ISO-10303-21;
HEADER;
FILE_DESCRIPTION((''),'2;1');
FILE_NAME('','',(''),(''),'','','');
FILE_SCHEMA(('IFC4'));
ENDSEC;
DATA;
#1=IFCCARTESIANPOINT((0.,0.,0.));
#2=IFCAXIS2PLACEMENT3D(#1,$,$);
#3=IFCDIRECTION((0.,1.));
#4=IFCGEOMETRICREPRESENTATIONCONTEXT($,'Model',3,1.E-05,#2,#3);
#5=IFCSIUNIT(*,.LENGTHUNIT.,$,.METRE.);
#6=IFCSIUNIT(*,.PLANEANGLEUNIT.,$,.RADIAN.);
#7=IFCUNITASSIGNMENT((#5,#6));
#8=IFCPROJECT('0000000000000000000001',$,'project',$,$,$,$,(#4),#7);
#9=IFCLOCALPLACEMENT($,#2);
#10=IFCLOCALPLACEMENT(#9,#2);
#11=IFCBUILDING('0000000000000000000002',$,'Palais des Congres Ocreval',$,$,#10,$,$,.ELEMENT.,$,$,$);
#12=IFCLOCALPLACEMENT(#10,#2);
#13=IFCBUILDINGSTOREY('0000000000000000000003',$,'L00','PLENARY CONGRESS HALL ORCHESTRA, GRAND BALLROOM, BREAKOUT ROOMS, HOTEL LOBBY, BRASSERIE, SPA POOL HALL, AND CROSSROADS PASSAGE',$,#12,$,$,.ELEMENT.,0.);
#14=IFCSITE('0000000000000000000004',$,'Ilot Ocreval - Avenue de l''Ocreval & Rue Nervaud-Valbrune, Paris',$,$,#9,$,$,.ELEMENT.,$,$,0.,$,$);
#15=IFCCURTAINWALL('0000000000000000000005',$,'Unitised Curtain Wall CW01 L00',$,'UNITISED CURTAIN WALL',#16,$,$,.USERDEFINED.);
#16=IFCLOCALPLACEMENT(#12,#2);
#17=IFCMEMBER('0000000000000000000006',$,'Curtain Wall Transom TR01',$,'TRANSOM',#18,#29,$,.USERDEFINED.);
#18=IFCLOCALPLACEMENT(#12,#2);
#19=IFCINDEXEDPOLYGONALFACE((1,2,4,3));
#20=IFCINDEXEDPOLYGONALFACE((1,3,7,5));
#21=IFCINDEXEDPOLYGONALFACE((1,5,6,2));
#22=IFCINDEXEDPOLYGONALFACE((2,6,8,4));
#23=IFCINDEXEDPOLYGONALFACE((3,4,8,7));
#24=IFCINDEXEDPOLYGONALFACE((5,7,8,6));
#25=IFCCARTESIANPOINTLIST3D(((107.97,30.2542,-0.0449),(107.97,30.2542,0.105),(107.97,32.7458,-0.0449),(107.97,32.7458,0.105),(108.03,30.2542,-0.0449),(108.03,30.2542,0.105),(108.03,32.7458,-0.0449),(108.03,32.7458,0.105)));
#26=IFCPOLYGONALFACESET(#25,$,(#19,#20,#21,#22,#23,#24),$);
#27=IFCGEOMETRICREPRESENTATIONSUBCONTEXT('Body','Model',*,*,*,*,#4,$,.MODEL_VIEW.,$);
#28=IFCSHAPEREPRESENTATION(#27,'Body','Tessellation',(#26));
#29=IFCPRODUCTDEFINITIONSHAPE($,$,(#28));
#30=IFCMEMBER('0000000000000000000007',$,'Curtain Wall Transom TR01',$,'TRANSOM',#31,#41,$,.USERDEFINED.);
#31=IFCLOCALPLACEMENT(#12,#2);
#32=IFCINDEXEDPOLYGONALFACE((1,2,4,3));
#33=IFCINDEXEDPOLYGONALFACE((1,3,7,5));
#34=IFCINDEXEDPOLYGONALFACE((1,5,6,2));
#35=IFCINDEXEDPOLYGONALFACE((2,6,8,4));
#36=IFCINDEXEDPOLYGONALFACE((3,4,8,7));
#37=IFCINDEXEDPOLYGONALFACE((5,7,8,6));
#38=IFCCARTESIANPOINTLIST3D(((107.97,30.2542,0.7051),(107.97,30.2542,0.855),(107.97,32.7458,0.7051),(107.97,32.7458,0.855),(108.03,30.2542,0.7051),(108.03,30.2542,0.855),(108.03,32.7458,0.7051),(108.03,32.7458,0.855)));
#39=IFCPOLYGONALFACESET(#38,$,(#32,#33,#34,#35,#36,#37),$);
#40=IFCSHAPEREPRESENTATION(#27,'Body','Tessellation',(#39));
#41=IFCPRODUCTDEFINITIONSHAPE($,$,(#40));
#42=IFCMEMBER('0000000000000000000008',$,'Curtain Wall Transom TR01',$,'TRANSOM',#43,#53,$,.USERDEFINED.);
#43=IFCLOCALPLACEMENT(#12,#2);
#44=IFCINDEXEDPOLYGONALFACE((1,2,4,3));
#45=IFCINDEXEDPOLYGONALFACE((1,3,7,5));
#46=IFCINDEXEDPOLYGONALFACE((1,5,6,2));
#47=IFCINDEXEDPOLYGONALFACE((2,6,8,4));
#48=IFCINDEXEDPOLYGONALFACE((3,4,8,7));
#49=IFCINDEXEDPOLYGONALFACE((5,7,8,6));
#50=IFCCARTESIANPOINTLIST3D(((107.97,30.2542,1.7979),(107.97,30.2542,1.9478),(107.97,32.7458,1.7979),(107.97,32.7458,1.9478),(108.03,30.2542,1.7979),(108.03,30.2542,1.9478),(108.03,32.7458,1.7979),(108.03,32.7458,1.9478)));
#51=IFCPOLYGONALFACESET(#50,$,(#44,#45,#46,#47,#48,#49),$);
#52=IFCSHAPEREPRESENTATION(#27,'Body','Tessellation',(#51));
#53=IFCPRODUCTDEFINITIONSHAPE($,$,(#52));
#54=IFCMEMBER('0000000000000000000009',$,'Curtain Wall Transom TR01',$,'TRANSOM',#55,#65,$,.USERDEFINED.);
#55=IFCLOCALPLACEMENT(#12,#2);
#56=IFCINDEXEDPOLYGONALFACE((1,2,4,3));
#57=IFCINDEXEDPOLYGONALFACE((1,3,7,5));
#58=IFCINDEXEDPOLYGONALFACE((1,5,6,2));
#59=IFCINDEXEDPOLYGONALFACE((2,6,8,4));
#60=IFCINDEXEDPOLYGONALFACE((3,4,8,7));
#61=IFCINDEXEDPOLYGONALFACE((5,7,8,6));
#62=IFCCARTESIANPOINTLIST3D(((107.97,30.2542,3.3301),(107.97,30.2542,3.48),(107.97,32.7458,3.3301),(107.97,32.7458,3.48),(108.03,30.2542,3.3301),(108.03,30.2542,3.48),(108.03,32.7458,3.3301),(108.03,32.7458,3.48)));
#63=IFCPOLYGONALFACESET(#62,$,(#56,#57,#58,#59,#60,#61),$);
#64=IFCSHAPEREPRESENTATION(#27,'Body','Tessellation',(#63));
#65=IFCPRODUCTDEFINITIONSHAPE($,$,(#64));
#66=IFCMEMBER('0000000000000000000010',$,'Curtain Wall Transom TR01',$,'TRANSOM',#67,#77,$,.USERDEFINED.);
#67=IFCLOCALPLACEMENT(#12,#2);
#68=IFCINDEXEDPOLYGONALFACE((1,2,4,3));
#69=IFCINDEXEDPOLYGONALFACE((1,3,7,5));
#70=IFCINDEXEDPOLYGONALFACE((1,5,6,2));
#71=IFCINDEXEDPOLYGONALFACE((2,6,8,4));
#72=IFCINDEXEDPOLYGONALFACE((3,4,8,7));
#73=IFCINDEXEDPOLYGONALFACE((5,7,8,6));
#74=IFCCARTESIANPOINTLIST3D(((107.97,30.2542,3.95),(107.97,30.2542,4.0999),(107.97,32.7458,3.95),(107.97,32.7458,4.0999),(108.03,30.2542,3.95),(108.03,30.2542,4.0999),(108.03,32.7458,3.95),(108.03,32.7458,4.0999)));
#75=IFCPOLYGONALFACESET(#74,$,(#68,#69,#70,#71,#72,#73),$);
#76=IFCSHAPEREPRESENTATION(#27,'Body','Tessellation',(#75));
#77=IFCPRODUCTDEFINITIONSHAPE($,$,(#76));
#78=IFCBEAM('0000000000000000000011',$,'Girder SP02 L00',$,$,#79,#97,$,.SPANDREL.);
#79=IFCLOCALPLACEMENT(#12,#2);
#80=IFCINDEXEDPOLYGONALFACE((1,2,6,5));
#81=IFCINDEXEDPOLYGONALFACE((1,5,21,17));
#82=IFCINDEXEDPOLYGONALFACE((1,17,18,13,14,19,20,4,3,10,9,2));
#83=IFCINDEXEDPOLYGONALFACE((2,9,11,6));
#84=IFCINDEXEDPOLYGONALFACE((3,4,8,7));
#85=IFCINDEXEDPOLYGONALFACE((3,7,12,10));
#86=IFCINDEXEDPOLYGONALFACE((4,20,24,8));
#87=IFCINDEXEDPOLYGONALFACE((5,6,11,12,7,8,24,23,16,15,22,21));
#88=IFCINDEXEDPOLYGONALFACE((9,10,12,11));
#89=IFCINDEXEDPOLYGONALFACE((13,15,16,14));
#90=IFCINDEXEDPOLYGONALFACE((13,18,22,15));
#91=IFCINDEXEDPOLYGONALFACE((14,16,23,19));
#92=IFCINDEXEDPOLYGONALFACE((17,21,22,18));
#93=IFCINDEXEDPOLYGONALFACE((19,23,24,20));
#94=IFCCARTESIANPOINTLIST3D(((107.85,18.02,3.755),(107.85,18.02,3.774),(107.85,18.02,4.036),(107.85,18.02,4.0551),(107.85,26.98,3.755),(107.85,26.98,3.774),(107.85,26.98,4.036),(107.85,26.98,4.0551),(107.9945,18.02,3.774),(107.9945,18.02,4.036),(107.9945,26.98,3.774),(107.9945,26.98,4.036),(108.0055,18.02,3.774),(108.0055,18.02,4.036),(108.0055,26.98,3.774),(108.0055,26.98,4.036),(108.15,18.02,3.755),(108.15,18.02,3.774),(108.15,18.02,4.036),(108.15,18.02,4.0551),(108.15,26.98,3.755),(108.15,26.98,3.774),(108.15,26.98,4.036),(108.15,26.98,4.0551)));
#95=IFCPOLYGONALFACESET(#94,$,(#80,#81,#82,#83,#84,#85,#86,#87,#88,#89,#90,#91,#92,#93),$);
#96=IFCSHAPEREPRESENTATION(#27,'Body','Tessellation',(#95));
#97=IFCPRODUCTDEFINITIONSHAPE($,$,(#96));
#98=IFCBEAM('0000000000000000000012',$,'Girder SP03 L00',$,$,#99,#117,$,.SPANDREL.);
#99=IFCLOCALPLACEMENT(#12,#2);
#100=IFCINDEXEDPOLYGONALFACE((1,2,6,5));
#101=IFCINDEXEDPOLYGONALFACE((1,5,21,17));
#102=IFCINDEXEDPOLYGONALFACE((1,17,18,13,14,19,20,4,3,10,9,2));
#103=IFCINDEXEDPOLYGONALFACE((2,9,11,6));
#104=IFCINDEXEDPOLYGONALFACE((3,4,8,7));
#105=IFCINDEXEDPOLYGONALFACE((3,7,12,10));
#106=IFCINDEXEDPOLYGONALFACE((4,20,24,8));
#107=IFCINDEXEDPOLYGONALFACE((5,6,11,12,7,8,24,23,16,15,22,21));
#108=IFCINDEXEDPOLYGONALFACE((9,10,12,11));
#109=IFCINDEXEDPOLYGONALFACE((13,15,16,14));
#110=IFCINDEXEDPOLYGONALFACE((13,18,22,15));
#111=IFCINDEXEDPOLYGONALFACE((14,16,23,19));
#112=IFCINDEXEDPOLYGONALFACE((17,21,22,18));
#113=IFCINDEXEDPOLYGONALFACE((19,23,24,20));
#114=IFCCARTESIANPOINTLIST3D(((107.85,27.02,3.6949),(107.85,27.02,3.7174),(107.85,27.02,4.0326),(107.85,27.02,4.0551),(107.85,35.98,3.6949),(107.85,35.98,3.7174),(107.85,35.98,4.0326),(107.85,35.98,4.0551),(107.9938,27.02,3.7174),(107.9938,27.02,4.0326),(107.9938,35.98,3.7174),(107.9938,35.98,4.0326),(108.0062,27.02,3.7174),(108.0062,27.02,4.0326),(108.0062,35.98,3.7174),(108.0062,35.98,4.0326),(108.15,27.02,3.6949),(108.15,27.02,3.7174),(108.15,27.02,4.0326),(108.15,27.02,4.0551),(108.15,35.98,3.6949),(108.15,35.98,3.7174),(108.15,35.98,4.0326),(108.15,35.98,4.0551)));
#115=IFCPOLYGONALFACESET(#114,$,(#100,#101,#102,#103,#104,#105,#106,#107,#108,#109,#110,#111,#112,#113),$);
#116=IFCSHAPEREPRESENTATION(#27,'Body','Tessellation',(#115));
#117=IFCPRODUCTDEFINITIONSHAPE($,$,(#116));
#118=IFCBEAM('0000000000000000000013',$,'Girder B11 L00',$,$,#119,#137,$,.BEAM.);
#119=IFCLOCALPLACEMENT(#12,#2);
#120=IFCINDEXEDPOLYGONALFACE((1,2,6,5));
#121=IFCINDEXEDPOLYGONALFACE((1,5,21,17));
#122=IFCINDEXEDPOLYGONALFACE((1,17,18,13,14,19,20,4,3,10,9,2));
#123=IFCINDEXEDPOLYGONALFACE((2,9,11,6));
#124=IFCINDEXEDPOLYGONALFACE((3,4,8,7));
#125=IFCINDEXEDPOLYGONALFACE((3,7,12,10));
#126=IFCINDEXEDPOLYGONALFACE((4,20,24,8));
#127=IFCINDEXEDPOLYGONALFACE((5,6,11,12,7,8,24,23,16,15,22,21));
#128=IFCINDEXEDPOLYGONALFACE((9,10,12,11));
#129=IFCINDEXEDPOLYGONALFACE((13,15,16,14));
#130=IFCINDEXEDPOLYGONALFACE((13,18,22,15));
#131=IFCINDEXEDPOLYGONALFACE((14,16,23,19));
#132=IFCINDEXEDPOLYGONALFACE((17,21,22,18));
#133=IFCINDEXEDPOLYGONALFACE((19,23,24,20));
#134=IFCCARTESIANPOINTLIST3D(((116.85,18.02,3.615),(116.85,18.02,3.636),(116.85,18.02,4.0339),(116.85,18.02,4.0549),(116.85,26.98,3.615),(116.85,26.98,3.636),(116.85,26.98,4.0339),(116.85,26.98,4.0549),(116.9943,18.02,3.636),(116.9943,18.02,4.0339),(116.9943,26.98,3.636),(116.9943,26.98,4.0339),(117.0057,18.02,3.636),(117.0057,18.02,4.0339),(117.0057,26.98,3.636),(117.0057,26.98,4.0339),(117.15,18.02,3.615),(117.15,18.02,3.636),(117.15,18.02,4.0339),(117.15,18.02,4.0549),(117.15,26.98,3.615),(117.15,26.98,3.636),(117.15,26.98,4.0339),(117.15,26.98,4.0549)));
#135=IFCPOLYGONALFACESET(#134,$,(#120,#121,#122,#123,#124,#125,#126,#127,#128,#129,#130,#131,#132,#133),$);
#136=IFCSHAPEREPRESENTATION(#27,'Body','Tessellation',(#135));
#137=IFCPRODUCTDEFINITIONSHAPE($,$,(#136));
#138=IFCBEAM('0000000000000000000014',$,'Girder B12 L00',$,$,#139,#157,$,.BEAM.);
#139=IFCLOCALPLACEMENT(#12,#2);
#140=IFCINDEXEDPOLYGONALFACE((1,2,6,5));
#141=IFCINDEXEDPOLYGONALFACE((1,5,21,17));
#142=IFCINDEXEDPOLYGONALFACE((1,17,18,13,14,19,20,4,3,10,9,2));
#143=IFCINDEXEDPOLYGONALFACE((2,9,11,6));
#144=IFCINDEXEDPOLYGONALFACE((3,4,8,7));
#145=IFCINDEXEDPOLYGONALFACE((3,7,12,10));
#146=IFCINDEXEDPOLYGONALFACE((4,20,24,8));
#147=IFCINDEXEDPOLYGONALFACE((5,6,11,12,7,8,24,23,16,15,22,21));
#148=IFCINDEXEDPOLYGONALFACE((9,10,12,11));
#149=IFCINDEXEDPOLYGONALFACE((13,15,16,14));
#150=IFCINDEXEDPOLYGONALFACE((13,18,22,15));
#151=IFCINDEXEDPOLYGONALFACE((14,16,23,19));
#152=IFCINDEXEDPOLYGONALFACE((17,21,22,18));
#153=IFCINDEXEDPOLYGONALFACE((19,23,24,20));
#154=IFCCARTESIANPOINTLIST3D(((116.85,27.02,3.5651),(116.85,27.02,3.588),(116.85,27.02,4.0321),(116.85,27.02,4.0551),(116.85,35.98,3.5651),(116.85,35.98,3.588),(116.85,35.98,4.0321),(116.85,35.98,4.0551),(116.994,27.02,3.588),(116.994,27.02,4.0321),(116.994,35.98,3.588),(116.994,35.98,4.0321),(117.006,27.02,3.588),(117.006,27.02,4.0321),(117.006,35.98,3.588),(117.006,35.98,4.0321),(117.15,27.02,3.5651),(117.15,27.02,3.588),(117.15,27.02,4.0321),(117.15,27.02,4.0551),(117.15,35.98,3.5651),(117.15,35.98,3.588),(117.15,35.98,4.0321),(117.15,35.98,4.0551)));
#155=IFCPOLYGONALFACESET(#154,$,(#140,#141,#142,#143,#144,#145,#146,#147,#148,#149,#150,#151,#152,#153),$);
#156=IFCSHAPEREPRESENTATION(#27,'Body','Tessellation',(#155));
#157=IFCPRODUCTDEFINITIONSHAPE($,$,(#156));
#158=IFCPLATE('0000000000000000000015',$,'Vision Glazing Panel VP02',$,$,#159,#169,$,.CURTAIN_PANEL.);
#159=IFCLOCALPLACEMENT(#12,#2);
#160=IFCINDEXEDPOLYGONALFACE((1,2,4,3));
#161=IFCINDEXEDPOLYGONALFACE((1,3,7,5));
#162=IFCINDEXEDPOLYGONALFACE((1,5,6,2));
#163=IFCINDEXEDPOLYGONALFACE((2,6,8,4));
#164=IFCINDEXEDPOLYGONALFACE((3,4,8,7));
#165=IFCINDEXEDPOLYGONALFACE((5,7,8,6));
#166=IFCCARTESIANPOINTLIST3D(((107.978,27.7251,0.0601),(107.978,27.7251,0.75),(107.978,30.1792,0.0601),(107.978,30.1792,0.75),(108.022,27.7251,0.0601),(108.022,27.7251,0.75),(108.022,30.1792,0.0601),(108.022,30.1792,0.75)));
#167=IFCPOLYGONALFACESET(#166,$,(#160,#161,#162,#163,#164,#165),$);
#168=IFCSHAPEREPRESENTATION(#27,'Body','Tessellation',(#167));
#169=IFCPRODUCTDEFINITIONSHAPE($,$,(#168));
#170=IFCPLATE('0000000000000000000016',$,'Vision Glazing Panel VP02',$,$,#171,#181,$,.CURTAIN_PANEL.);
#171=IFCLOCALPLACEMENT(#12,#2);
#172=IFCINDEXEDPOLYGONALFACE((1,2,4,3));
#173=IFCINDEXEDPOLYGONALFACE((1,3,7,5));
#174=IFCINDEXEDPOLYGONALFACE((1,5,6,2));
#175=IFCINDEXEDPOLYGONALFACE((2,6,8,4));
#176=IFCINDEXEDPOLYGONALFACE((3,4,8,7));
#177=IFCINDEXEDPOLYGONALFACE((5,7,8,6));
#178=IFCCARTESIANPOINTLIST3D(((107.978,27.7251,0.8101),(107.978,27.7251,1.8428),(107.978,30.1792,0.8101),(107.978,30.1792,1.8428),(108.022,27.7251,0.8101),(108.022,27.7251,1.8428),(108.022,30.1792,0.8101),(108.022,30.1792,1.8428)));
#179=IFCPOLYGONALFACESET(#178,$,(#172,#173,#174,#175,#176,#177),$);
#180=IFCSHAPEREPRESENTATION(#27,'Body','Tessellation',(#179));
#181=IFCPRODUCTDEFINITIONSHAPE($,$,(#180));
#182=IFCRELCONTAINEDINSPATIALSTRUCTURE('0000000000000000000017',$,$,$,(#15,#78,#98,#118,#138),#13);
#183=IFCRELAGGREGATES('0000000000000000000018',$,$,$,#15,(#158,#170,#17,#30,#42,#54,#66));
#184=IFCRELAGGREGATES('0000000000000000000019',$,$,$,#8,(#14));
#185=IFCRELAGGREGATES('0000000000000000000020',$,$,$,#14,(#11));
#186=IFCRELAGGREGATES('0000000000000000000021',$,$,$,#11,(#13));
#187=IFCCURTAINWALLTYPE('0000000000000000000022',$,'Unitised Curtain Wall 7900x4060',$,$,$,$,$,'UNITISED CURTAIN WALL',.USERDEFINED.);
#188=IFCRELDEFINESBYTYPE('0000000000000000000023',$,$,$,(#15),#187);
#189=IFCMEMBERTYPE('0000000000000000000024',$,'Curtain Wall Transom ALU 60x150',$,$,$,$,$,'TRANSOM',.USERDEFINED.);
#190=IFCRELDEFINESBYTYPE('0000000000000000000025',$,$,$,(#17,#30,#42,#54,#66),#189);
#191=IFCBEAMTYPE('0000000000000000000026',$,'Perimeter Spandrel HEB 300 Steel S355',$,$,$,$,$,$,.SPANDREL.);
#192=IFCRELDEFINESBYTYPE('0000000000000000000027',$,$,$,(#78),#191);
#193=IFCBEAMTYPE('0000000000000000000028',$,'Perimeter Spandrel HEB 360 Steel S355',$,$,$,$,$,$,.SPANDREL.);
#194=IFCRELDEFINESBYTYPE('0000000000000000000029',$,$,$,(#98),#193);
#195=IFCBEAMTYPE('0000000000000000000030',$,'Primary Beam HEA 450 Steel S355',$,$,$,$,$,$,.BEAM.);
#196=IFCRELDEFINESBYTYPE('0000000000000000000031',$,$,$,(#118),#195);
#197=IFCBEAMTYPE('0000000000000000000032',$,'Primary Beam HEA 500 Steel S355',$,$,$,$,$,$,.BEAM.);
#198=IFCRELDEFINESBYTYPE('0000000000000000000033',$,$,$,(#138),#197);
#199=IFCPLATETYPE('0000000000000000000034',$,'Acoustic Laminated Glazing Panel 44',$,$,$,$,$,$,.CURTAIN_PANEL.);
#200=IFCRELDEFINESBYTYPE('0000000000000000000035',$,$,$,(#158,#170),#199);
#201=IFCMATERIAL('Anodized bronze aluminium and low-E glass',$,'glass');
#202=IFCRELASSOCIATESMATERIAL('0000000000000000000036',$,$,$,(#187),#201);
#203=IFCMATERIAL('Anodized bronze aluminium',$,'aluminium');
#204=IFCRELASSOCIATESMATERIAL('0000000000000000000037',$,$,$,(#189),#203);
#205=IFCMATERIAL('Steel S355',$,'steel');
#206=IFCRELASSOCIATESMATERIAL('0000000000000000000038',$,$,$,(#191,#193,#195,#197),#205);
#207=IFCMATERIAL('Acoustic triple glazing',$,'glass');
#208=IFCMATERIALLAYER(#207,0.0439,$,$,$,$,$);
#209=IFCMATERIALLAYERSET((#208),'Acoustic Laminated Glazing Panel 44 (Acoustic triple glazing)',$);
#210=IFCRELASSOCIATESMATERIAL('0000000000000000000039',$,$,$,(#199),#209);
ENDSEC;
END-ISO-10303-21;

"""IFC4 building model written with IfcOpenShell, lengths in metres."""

from ifc_helpers import new_model, si_unit, direction, frame, origin, origin_2d, place, context, subcontext, project, spatial, rectangle, i_section, extrude, material, layer, layer_set, material_profile, profile_set, type_object, element, aggregate, save


model = new_model("IFC4")

# Units and contexts
model_context = context("Model", 3, precision=1e-05, world=origin(), true_north=direction((0.0, 1.0)))
body_context = subcontext(model_context, "Body", "Model", "MODEL_VIEW")
ifc_project = project(units=[si_unit("LENGTHUNIT", "METRE"), si_unit("PLANEANGLEUNIT", "RADIAN")], contexts=[model_context])

# Site, building, storey
site_placement = place(None, origin())
site = spatial("IfcSite", under=ifc_project, at=site_placement, Name="Ilot Ocreval - Avenue de l'Ocreval & Rue Nervaud-Valbrune, Paris", CompositionType="ELEMENT", RefElevation=0.0)
building_placement = place(site_placement, origin())
building = spatial("IfcBuilding", under=site, at=building_placement, Name="Palais des Congres Ocreval", CompositionType="ELEMENT")
storey_placement = place(building_placement, origin())
storey = spatial("IfcBuildingStorey", under=building, at=storey_placement, Name="L00", Description="PLENARY CONGRESS HALL ORCHESTRA, GRAND BALLROOM, BREAKOUT ROOMS, HOTEL LOBBY, BRASSERIE, SPA POOL HALL, AND CROSSROADS PASSAGE", CompositionType="ELEMENT", Elevation=0.0)

# Shared definitions
ifc_material_1 = material(Name="Steel S355", Category="steel")

# Curtain wall, members
ifc_material_2 = material(Name="Anodized bronze aluminium and low-E glass", Category="glass")
curtain_wall_type = type_object("IfcCurtainWallType", Name="Unitised Curtain Wall 7900x4060", ElementType="UNITISED CURTAIN WALL", PredefinedType="USERDEFINED", material=ifc_material_2)
curtain_wall_placement = place(storey_placement, origin())
curtain_wall = element("IfcCurtainWall", 1, at=curtain_wall_placement, inside=storey, type_object=curtain_wall_type, Name="Unitised Curtain Wall CW01 L00", ObjectType="UNITISED CURTAIN WALL", PredefinedType="USERDEFINED")
ifc_material_3 = material(Name="Anodized bronze aluminium", Category="aluminium")
ifc_material_profile_1 = material_profile(ifc_material_3, rectangle(XDim=0.0601, YDim=0.1499, at=origin_2d()), Name="ALU 60x150")
ifc_profile_set_1 = profile_set([ifc_material_profile_1], Name="Anodized bronze aluminium")
member_type_1 = type_object("IfcMemberType", Name="Curtain Wall Transom ALU 60x150", ElementType="TRANSOM", PredefinedType="USERDEFINED", material=ifc_profile_set_1)
member_1_placement = place(storey_placement, frame((108.0, 30.2542, 0.03), z_axis=(0.0, 1.0, 0.0), x_axis=(-1.0, 0.0, 0.0)))
member_1 = element("IfcMember", 2, at=member_1_placement, type_object=member_type_1, Name="Curtain Wall Transom TR01", ObjectType="TRANSOM", PredefinedType="USERDEFINED", context=body_context, shape_type="SweptSolid", body=[
    extrude(rectangle(XDim=0.0601, YDim=0.1499, at=origin_2d()), origin(), (0.0, 0.0, 1.0), 2.4917),
])
member_2_placement = place(storey_placement, frame((108.0, 30.2542, 0.78), z_axis=(0.0, 1.0, 0.0), x_axis=(-1.0, 0.0, 0.0)))
member_2 = element("IfcMember", 3, at=member_2_placement, type_object=member_type_1, Name="Curtain Wall Transom TR01", ObjectType="TRANSOM", PredefinedType="USERDEFINED", context=body_context, shape_type="SweptSolid", body=[
    extrude(rectangle(XDim=0.0601, YDim=0.1499, at=origin_2d()), origin(), (0.0, 0.0, 1.0), 2.4917),
])
member_3_placement = place(storey_placement, frame((108.0, 30.2542, 1.8728), z_axis=(0.0, 1.0, 0.0), x_axis=(-1.0, 0.0, 0.0)))
member_3 = element("IfcMember", 4, at=member_3_placement, type_object=member_type_1, Name="Curtain Wall Transom TR01", ObjectType="TRANSOM", PredefinedType="USERDEFINED", context=body_context, shape_type="SweptSolid", body=[
    extrude(rectangle(XDim=0.0601, YDim=0.1499, at=origin_2d()), origin(), (0.0, 0.0, 1.0), 2.4917),
])
member_4_placement = place(storey_placement, frame((108.0, 30.2542, 3.405), z_axis=(0.0, 1.0, 0.0), x_axis=(-1.0, 0.0, 0.0)))
member_4 = element("IfcMember", 5, at=member_4_placement, type_object=member_type_1, Name="Curtain Wall Transom TR01", ObjectType="TRANSOM", PredefinedType="USERDEFINED", context=body_context, shape_type="SweptSolid", body=[
    extrude(rectangle(XDim=0.0601, YDim=0.1499, at=origin_2d()), origin(), (0.0, 0.0, 1.0), 2.4917),
])
member_5_placement = place(storey_placement, frame((108.0, 30.2542, 4.0249), z_axis=(0.0, 1.0, 0.0), x_axis=(-1.0, 0.0, 0.0)))
member_5 = element("IfcMember", 6, at=member_5_placement, type_object=member_type_1, Name="Curtain Wall Transom TR01", ObjectType="TRANSOM", PredefinedType="USERDEFINED", context=body_context, shape_type="SweptSolid", body=[
    extrude(rectangle(XDim=0.0601, YDim=0.1499, at=origin_2d()), origin(), (0.0, 0.0, 1.0), 2.4917),
])

# Beams
ifc_material_profile_2 = material_profile(ifc_material_1, i_section(OverallWidth=0.3, OverallDepth=0.3, WebThickness=0.011, FlangeThickness=0.019, at=origin_2d()), Name="HEB 300")
ifc_profile_set_2 = profile_set([ifc_material_profile_2], Name="Steel S355")
beam_type_1 = type_object("IfcBeamType", Name="Perimeter Spandrel HEB 300 Steel S355", PredefinedType="SPANDREL", material=ifc_profile_set_2)
beam_1_placement = place(storey_placement, frame((108.0, 18.02, 3.905), z_axis=(0.0, 1.0, 0.0), x_axis=(-1.0, 0.0, 0.0)))
element("IfcBeam", 7, at=beam_1_placement, inside=storey, type_object=beam_type_1, Name="Girder SP02 L00", PredefinedType="SPANDREL", context=body_context, shape_type="SweptSolid", body=[
    extrude(i_section(OverallWidth=0.3, OverallDepth=0.3, WebThickness=0.011, FlangeThickness=0.019, at=origin_2d()), origin(), (0.0, 0.0, 1.0), 8.96),
])
ifc_material_profile_3 = material_profile(ifc_material_1, i_section(OverallWidth=0.3, OverallDepth=0.3601, WebThickness=0.0125, FlangeThickness=0.0225, at=origin_2d()), Name="HEB 360")
ifc_profile_set_3 = profile_set([ifc_material_profile_3], Name="Steel S355")
beam_type_2 = type_object("IfcBeamType", Name="Perimeter Spandrel HEB 360 Steel S355", PredefinedType="SPANDREL", material=ifc_profile_set_3)
beam_2_placement = place(storey_placement, frame((108.0, 27.02, 3.875), z_axis=(0.0, 1.0, 0.0), x_axis=(-1.0, 0.0, 0.0)))
element("IfcBeam", 8, at=beam_2_placement, inside=storey, type_object=beam_type_2, Name="Girder SP03 L00", PredefinedType="SPANDREL", context=body_context, shape_type="SweptSolid", body=[
    extrude(i_section(OverallWidth=0.3, OverallDepth=0.3601, WebThickness=0.0125, FlangeThickness=0.0225, at=origin_2d()), origin(), (0.0, 0.0, 1.0), 8.96),
])
ifc_material_profile_4 = material_profile(ifc_material_1, i_section(OverallWidth=0.3, OverallDepth=0.4399, WebThickness=0.0115, FlangeThickness=0.021, at=origin_2d()), Name="HEA 450")
ifc_profile_set_4 = profile_set([ifc_material_profile_4], Name="Steel S355")
beam_type_3 = type_object("IfcBeamType", Name="Primary Beam HEA 450 Steel S355", PredefinedType="BEAM", material=ifc_profile_set_4)
beam_3_placement = place(storey_placement, frame((117.0, 18.02, 3.835), z_axis=(0.0, 1.0, 0.0), x_axis=(-1.0, 0.0, 0.0)))
element("IfcBeam", 9, at=beam_3_placement, inside=storey, type_object=beam_type_3, Name="Girder B11 L00", PredefinedType="BEAM", context=body_context, shape_type="SweptSolid", body=[
    extrude(i_section(OverallWidth=0.3, OverallDepth=0.4399, WebThickness=0.0115, FlangeThickness=0.021, at=origin_2d()), origin(), (0.0, 0.0, 1.0), 8.96),
])
ifc_material_profile_5 = material_profile(ifc_material_1, i_section(OverallWidth=0.3, OverallDepth=0.49, WebThickness=0.012, FlangeThickness=0.0229, at=origin_2d()), Name="HEA 500")
ifc_profile_set_5 = profile_set([ifc_material_profile_5], Name="Steel S355")
beam_type_4 = type_object("IfcBeamType", Name="Primary Beam HEA 500 Steel S355", PredefinedType="BEAM", material=ifc_profile_set_5)
beam_4_placement = place(storey_placement, frame((117.0, 27.02, 3.8101), z_axis=(0.0, 1.0, 0.0), x_axis=(-1.0, 0.0, 0.0)))
element("IfcBeam", 10, at=beam_4_placement, inside=storey, type_object=beam_type_4, Name="Girder B12 L00", PredefinedType="BEAM", context=body_context, shape_type="SweptSolid", body=[
    extrude(i_section(OverallWidth=0.3, OverallDepth=0.49, WebThickness=0.012, FlangeThickness=0.0229, at=origin_2d()), origin(), (0.0, 0.0, 1.0), 8.96),
])

# Plates
ifc_material_4 = material(Name="Acoustic triple glazing", Category="glass")
ifc_layer_1 = layer(ifc_material_4, 0.0439)
ifc_layer_set_1 = layer_set([ifc_layer_1], Name="Acoustic Laminated Glazing Panel 44 (Acoustic triple glazing)")
plate_type_1 = type_object("IfcPlateType", Name="Acoustic Laminated Glazing Panel 44", PredefinedType="CURTAIN_PANEL", material=ifc_layer_set_1)
plate_1_placement = place(storey_placement, frame((108.0, 28.9521, 0.0601), z_axis=(0.0, 0.0, 1.0), x_axis=(0.0, 1.0, 0.0)))
plate_1 = element("IfcPlate", 11, at=plate_1_placement, type_object=plate_type_1, Name="Vision Glazing Panel VP02", PredefinedType="CURTAIN_PANEL", context=body_context, shape_type="SweptSolid", body=[
    extrude(rectangle(XDim=2.4541, YDim=0.0439, at=origin_2d()), origin(), (0.0, 0.0, 1.0), 0.6899),
])
plate_2_placement = place(storey_placement, frame((108.0, 28.9521, 0.8101), z_axis=(0.0, 0.0, 1.0), x_axis=(0.0, 1.0, 0.0)))
plate_2 = element("IfcPlate", 12, at=plate_2_placement, type_object=plate_type_1, Name="Vision Glazing Panel VP02", PredefinedType="CURTAIN_PANEL", context=body_context, shape_type="SweptSolid", body=[
    extrude(rectangle(XDim=2.4541, YDim=0.0439, at=origin_2d()), origin(), (0.0, 0.0, 1.0), 1.0327),
])
aggregate(curtain_wall, [plate_1, plate_2, member_1, member_2, member_3, member_4, member_5])

save(model, "model.ifc")
